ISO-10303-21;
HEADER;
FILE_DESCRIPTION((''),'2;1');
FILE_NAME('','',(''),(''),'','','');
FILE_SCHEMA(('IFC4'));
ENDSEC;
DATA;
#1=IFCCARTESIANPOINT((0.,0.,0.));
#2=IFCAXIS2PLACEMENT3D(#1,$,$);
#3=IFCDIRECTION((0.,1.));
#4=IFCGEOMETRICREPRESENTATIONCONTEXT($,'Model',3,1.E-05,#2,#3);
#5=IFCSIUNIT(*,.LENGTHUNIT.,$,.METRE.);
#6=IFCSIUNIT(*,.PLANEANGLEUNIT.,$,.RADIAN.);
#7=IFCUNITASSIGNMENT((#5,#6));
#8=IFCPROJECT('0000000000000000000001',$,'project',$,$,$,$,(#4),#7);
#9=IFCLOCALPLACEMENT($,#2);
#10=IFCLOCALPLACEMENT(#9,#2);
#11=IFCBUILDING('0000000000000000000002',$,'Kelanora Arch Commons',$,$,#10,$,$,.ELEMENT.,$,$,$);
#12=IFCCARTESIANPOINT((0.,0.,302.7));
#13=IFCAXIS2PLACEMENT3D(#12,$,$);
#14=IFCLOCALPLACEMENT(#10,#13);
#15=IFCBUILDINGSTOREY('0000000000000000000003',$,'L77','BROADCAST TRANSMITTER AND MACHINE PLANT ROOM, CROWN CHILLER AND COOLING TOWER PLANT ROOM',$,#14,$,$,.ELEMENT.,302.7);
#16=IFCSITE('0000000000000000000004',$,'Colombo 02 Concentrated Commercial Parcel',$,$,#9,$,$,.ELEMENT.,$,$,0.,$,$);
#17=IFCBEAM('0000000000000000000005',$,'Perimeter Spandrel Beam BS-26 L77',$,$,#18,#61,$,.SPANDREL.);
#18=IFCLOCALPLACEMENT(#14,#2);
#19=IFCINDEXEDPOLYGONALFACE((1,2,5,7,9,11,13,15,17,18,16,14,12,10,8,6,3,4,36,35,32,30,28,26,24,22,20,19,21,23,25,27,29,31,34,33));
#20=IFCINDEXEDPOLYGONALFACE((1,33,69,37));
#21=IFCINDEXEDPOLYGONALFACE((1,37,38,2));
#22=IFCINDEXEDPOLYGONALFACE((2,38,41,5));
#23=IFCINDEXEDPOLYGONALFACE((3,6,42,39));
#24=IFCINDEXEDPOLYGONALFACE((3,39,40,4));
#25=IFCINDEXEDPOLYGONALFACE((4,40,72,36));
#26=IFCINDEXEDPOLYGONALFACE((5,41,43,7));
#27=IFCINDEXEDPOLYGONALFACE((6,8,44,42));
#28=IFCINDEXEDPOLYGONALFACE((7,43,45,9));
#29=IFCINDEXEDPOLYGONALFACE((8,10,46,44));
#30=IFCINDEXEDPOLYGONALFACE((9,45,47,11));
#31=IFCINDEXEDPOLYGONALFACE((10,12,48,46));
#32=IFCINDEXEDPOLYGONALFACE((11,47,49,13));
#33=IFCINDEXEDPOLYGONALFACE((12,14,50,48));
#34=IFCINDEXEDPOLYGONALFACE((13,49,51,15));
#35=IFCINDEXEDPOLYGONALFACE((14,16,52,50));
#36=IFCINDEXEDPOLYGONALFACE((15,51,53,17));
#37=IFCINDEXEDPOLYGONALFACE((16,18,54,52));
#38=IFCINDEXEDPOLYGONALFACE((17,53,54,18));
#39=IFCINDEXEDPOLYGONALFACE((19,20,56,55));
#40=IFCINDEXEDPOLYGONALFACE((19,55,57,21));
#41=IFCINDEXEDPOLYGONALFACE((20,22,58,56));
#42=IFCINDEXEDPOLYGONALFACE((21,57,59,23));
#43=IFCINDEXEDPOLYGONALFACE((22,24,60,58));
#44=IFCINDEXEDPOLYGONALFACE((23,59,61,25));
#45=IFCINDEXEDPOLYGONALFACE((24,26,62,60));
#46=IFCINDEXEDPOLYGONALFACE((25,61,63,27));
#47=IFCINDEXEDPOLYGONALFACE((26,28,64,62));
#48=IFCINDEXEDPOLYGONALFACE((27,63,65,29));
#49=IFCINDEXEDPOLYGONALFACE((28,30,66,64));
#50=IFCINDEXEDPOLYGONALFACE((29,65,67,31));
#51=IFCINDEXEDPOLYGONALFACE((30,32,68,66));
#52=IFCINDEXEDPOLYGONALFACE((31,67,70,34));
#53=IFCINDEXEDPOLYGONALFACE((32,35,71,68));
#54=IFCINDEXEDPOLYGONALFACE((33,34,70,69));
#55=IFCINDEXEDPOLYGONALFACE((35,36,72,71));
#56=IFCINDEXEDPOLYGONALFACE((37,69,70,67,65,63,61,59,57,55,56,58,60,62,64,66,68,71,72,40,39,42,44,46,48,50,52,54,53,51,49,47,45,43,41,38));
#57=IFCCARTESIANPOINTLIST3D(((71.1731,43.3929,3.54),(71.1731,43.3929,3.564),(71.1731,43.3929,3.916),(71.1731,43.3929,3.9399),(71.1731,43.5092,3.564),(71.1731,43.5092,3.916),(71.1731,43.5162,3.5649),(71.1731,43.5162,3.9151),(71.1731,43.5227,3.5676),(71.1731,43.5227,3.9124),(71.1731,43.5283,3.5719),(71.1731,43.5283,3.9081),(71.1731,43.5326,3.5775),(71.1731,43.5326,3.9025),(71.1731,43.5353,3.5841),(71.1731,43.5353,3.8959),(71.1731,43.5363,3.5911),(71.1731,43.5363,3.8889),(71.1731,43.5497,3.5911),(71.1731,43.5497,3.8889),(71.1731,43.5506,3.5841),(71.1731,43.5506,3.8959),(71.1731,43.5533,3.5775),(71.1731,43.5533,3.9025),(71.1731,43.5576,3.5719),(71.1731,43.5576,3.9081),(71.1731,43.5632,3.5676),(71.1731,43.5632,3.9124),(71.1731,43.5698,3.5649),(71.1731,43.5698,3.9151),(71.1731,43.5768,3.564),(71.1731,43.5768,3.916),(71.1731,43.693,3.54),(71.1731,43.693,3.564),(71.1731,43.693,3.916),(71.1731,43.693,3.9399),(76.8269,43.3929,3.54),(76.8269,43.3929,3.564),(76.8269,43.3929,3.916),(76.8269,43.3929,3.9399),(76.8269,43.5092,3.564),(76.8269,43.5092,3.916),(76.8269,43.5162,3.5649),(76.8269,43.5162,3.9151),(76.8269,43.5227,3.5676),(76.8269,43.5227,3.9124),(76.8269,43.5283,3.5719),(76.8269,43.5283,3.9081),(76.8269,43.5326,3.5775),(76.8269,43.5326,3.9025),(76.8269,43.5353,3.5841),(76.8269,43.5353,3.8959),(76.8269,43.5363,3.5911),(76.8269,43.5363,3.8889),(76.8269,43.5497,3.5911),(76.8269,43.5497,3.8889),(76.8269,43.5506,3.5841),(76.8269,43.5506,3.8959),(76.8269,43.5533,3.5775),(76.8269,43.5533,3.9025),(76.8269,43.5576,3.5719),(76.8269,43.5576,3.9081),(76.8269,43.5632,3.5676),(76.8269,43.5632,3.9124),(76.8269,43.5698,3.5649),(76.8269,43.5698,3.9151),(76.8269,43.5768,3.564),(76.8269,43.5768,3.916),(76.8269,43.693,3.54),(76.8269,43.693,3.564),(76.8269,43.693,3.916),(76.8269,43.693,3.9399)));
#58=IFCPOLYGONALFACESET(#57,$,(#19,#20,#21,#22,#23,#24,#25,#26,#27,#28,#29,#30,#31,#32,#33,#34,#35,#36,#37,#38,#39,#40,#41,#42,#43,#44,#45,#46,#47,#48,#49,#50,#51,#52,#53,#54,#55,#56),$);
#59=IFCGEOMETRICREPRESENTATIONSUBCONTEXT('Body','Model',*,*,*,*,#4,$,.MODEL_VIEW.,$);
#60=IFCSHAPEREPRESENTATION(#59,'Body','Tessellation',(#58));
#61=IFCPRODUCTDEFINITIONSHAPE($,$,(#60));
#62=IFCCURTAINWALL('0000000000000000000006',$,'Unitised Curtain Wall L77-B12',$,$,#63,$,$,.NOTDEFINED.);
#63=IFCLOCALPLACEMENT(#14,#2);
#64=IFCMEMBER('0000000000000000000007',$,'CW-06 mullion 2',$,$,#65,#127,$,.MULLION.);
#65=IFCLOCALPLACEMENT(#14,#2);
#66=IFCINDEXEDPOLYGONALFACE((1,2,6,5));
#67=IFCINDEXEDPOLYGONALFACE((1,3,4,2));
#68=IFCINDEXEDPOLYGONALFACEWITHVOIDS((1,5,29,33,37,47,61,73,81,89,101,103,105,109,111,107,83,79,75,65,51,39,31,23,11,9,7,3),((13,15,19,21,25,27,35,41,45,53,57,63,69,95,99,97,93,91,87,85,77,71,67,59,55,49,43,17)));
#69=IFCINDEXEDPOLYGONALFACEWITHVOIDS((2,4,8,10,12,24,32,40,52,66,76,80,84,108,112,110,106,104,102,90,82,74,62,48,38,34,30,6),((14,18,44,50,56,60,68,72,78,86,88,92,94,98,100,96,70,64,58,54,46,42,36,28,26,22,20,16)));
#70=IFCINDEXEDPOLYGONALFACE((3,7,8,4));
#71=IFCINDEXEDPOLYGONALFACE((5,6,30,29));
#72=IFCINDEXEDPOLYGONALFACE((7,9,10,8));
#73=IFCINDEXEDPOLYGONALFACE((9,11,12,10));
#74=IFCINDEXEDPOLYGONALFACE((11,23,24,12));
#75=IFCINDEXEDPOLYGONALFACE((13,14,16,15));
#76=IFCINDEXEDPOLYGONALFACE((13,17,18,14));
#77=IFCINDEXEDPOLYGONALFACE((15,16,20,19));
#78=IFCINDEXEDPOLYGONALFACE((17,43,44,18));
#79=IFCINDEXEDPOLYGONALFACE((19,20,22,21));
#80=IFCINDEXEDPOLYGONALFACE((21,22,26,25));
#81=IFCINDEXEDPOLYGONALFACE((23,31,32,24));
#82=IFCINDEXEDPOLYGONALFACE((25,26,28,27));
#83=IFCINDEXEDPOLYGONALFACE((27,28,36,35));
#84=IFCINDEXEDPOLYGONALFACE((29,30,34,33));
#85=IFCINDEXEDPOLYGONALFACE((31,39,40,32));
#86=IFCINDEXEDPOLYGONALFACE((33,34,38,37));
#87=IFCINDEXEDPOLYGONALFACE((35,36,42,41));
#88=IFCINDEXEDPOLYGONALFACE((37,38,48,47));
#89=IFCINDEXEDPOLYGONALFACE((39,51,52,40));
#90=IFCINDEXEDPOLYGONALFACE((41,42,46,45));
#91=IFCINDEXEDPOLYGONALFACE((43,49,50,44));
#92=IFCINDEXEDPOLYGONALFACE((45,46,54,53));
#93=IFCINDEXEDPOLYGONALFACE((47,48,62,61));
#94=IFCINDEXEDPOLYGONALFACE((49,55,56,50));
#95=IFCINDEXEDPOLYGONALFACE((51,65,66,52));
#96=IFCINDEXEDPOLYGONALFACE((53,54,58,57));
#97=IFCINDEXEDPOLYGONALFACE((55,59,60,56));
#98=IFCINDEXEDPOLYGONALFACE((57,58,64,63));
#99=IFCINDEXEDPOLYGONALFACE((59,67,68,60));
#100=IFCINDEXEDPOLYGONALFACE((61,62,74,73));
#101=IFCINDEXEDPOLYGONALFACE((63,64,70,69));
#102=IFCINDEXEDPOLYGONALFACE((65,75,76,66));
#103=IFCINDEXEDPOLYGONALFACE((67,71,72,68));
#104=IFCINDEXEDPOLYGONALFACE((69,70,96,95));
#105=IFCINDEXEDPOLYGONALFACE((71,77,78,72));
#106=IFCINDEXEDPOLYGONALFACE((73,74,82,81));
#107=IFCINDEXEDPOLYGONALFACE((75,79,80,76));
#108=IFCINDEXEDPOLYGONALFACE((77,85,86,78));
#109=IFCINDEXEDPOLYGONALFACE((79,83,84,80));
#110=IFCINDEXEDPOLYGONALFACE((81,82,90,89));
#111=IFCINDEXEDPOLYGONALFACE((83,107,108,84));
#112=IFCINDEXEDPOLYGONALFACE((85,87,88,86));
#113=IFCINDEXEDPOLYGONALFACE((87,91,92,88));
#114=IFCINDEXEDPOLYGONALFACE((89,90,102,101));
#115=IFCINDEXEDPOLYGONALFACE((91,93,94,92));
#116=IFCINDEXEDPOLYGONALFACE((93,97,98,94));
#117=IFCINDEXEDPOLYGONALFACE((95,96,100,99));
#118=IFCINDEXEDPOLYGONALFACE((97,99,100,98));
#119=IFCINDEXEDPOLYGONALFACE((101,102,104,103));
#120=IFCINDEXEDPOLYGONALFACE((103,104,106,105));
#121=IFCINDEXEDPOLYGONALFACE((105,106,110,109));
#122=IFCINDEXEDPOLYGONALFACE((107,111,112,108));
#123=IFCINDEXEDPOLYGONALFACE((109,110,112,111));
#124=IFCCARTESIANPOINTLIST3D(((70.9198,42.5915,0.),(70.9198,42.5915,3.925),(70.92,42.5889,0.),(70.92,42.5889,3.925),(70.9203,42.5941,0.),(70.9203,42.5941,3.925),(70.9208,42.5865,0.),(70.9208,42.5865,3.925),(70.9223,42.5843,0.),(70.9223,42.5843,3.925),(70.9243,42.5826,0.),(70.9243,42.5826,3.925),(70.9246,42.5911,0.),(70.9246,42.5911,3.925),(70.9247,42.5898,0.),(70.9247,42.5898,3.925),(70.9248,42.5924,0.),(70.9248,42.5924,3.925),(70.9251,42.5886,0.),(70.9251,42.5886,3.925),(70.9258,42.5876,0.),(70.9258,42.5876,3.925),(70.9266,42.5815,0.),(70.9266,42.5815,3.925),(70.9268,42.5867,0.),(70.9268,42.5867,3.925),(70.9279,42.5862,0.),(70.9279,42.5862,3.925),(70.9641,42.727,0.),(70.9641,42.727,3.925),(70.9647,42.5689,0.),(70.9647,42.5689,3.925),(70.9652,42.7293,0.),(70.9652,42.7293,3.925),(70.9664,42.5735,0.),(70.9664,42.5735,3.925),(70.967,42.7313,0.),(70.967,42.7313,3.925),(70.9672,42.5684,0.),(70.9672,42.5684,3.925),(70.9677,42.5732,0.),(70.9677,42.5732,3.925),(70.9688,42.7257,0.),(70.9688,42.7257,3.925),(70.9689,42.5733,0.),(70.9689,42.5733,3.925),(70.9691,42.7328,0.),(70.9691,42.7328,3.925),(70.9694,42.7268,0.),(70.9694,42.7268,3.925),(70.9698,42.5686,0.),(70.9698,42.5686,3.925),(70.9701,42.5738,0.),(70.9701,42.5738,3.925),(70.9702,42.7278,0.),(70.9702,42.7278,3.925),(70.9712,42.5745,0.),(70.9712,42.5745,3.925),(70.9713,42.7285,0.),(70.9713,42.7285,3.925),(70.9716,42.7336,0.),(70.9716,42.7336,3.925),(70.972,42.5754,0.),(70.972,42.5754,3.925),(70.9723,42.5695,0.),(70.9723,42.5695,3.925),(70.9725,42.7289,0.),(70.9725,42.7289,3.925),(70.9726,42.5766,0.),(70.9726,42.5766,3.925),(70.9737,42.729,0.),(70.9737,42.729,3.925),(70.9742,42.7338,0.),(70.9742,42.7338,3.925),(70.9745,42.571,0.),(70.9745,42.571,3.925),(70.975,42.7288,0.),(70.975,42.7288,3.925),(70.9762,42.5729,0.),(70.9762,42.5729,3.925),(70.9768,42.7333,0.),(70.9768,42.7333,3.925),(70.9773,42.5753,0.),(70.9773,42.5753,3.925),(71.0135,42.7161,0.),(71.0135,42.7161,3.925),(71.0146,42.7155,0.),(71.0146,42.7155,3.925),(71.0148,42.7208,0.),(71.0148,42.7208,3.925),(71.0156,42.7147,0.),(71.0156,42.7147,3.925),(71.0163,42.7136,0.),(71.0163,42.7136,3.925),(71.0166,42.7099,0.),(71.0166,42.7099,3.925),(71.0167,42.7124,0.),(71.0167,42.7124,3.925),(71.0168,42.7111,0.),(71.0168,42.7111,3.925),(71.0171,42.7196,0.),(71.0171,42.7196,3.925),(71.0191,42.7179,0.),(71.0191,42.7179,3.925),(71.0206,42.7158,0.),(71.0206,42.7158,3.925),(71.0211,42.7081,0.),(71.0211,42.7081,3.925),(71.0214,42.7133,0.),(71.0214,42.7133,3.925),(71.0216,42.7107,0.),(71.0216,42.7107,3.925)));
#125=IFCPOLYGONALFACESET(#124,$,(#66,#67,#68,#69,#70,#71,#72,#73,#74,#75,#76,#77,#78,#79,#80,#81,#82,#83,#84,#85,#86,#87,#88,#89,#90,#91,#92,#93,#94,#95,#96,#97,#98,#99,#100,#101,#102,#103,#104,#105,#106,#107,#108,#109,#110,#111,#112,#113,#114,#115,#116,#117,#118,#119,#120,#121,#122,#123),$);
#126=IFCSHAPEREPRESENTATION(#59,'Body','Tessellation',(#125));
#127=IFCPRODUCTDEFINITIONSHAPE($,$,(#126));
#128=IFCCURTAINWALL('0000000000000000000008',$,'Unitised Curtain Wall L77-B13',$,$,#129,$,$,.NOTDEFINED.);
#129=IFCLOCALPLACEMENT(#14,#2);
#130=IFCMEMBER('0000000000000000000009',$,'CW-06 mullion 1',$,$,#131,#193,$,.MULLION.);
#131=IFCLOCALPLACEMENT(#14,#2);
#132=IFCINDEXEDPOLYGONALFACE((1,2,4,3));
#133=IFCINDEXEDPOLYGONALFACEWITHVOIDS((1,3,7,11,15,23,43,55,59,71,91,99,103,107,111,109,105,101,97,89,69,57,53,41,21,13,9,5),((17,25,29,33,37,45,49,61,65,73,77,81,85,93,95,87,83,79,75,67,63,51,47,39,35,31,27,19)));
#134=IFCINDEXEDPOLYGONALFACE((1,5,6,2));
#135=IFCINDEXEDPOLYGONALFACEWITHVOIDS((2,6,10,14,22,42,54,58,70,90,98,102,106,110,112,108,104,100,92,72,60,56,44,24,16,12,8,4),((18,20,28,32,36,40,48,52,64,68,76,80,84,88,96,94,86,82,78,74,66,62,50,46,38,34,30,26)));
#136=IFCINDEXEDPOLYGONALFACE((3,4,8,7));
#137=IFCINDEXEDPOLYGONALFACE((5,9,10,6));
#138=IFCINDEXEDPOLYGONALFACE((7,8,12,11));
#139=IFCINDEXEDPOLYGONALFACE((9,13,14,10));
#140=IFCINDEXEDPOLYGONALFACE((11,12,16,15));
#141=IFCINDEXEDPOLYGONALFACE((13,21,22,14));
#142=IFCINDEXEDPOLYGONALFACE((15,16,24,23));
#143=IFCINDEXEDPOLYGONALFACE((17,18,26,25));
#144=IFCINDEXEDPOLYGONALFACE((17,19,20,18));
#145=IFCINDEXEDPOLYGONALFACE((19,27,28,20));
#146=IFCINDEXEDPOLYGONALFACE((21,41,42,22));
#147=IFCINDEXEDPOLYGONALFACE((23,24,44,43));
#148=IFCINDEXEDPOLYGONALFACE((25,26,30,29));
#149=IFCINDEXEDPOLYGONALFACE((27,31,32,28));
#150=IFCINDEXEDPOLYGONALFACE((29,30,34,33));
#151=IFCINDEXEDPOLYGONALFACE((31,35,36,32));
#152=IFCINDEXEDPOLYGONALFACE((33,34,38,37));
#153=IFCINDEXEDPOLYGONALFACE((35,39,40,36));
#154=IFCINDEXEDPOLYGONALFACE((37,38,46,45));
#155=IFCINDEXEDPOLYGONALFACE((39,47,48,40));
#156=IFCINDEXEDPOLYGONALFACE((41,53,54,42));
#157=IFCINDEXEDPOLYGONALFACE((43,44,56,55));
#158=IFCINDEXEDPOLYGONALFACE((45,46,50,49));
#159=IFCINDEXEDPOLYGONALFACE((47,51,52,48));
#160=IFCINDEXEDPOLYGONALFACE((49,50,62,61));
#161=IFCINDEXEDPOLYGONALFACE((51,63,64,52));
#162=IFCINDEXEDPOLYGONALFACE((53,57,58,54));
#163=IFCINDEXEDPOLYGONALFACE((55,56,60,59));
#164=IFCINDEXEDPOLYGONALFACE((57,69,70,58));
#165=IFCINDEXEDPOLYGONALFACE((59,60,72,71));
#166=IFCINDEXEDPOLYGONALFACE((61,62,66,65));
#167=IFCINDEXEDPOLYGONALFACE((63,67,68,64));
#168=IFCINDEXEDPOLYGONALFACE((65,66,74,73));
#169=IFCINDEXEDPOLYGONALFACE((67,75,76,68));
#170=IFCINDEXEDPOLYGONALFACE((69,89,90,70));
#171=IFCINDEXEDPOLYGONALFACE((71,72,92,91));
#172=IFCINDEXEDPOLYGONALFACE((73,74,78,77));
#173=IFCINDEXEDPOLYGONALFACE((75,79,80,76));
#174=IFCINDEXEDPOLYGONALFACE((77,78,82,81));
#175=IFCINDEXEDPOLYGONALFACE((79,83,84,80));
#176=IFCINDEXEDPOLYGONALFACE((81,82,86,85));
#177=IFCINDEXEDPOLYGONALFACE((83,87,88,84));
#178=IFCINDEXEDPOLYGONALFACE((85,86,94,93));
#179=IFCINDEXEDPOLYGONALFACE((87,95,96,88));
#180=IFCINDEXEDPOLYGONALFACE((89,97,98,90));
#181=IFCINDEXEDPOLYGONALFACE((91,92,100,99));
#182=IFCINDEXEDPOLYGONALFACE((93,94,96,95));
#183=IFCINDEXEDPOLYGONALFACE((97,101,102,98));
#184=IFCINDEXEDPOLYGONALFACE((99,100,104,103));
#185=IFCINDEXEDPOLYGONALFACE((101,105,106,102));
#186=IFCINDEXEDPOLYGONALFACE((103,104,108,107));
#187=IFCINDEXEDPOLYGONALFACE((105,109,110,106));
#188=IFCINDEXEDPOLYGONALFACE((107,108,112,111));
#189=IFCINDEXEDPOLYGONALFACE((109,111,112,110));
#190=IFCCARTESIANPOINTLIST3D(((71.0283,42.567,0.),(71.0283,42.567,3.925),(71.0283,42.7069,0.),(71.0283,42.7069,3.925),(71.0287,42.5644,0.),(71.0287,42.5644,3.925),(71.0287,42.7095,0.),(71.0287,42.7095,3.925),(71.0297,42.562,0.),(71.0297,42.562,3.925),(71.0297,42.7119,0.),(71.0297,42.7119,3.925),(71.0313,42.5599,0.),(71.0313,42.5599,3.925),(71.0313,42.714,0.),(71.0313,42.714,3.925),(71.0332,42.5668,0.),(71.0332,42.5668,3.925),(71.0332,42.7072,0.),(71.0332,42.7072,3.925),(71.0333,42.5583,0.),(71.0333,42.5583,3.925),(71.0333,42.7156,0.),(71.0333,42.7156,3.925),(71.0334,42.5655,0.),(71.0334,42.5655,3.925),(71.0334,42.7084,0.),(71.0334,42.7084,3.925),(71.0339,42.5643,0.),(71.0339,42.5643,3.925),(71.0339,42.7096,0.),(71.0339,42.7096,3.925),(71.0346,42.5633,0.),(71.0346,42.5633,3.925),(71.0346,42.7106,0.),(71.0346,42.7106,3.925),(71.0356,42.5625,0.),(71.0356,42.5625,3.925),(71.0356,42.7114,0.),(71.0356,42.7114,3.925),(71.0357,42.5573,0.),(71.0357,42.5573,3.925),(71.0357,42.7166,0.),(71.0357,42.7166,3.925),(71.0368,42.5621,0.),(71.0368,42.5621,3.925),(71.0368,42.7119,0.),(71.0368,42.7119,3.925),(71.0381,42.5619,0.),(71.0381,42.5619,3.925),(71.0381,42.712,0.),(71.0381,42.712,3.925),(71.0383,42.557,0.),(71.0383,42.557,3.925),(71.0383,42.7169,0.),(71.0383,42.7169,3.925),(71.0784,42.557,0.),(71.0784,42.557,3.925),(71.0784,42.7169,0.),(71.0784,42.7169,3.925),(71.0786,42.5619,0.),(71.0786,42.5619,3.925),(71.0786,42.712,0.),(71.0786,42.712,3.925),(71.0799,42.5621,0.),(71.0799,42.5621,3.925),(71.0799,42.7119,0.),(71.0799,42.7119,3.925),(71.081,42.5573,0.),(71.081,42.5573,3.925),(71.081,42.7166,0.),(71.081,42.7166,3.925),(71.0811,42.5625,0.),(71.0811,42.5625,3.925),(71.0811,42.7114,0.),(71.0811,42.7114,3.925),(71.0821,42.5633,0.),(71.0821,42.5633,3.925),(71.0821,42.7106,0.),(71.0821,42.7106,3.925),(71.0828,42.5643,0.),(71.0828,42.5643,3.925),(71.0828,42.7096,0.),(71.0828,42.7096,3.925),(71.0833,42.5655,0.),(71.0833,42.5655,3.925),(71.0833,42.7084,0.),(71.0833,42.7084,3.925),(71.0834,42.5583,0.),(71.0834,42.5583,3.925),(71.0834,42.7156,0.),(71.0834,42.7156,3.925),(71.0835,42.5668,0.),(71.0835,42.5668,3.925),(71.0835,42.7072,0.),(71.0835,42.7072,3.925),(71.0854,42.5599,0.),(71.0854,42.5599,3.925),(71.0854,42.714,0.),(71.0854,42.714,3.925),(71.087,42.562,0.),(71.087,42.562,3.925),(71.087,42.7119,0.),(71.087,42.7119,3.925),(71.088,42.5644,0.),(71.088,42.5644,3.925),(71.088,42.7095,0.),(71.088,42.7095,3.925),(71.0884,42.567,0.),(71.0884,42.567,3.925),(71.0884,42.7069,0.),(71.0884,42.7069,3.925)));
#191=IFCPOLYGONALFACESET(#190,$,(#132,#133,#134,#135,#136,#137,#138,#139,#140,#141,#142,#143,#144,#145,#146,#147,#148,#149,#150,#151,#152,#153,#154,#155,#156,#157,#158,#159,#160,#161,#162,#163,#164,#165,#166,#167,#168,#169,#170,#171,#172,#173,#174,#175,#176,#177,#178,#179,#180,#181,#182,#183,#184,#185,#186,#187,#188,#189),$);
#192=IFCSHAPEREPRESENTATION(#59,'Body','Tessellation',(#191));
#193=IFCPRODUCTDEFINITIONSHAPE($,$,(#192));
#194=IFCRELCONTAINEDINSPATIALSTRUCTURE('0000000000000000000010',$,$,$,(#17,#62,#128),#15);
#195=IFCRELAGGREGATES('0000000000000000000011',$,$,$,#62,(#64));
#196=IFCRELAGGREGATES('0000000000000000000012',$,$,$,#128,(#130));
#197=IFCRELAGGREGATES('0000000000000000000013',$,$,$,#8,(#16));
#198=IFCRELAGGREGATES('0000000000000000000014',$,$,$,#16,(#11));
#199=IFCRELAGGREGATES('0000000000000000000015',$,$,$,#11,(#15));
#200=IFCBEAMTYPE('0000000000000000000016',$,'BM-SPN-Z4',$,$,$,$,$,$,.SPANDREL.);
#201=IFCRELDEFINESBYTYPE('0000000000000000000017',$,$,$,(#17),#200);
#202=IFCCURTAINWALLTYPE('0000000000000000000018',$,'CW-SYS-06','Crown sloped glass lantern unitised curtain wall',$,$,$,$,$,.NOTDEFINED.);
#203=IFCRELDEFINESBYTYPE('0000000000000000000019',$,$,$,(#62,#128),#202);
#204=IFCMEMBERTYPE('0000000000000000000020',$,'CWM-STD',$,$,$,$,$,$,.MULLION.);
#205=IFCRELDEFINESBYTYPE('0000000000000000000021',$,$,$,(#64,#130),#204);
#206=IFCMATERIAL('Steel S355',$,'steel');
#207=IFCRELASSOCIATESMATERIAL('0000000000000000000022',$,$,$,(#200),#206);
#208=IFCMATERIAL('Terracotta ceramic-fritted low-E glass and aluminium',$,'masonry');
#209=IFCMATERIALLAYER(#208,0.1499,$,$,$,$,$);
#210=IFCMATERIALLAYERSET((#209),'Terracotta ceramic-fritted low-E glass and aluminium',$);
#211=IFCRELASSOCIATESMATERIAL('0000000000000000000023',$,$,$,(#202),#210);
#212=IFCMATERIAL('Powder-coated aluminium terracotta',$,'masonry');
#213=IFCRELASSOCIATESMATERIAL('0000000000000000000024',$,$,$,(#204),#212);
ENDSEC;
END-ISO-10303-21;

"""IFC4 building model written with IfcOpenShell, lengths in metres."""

from ifc_helpers import new_model, si_unit, direction, frame, origin, origin_2d, place, context, subcontext, project, spatial, hollow_rectangle, i_section, extrude, material, layer, layer_set, material_profile, profile_set, type_object, element, aggregate, save


model = new_model("IFC4")

# Units and contexts
model_context = context("Model", 3, precision=1e-05, world=origin(), true_north=direction((0.0, 1.0)))
body_context = subcontext(model_context, "Body", "Model", "MODEL_VIEW")
ifc_project = project(units=[si_unit("LENGTHUNIT", "METRE"), si_unit("PLANEANGLEUNIT", "RADIAN")], contexts=[model_context])

# Site, building, storey
site_placement = place(None, origin())
site = spatial("IfcSite", under=ifc_project, at=site_placement, Name="Colombo 02 Concentrated Commercial Parcel", CompositionType="ELEMENT", RefElevation=0.0)
building_placement = place(site_placement, origin())
building = spatial("IfcBuilding", under=site, at=building_placement, Name="Kelanora Arch Commons", CompositionType="ELEMENT")
storey_placement = place(building_placement, frame((0.0, 0.0, 302.7)))
storey = spatial("IfcBuildingStorey", under=building, at=storey_placement, Name="L77", Description="BROADCAST TRANSMITTER AND MACHINE PLANT ROOM, CROWN CHILLER AND COOLING TOWER PLANT ROOM", CompositionType="ELEMENT", Elevation=302.7)

# Beam
ifc_material_1 = material(Name="Steel S355", Category="steel")
ifc_material_profile_1 = material_profile(ifc_material_1, i_section(OverallWidth=0.3, OverallDepth=0.3999, WebThickness=0.0134, FlangeThickness=0.0239, FilletRadius=0.0271, at=origin_2d()), Name="HEB400")
ifc_profile_set_1 = profile_set([ifc_material_profile_1], Name="Steel S355")
beam_type_1 = type_object("IfcBeamType", Name="BM-SPN-Z4", PredefinedType="SPANDREL", material=ifc_profile_set_1)
beam_1_placement = place(storey_placement, frame((71.1731, 43.543, 3.74), z_axis=(1.0, 0.0, 0.0), x_axis=(0.0, 1.0, 0.0)))
element("IfcBeam", 1, at=beam_1_placement, inside=storey, type_object=beam_type_1, Name="Perimeter Spandrel Beam BS-26 L77", PredefinedType="SPANDREL", context=body_context, shape_type="SweptSolid", body=[
    extrude(i_section(OverallWidth=0.3, OverallDepth=0.3999, WebThickness=0.0134, FlangeThickness=0.0239, FilletRadius=0.0271, at=origin_2d()), origin(), (0.0, 0.0, 1.0), 5.6538),
])

# Curtain walls, members
ifc_material_2 = material(Name="Terracotta ceramic-fritted low-E glass and aluminium", Category="masonry")
ifc_layer_1 = layer(ifc_material_2, 0.1499)
ifc_layer_set_1 = layer_set([ifc_layer_1], Name="Terracotta ceramic-fritted low-E glass and aluminium")
curtain_wall_type = type_object("IfcCurtainWallType", Name="CW-SYS-06", Description="Crown sloped glass lantern unitised curtain wall", PredefinedType="NOTDEFINED", material=ifc_layer_set_1)
curtain_wall_1_placement = place(storey_placement, origin())
curtain_wall_1 = element("IfcCurtainWall", 2, at=curtain_wall_1_placement, inside=storey, type_object=curtain_wall_type, Name="Unitised Curtain Wall L77-B12", PredefinedType="NOTDEFINED")
ifc_material_3 = material(Name="Powder-coated aluminium terracotta", Category="masonry")
ifc_material_profile_2 = material_profile(ifc_material_3, hollow_rectangle(XDim=0.1599, YDim=0.0601, WallThickness=0.0049, InnerFilletRadius=0.0049, OuterFilletRadius=0.01, at=origin_2d()), Name="CWM160x60")
ifc_profile_set_2 = profile_set([ifc_material_profile_2], Name="Powder-coated aluminium terracotta")
member_type_1 = type_object("IfcMemberType", Name="CWM-STD", PredefinedType="MULLION", material=ifc_profile_set_2)
member_1_placement = place(storey_placement, frame((70.9707, 42.6511, 0.0), z_axis=(0.0, 0.0, 1.0), x_axis=(0.313467, 0.949599, 0.0)))
member_1 = element("IfcMember", 3, at=member_1_placement, type_object=member_type_1, Name="CW-06 mullion 2", PredefinedType="MULLION", context=body_context, shape_type="SweptSolid", body=[
    extrude(hollow_rectangle(XDim=0.1599, YDim=0.0601, WallThickness=0.0049, InnerFilletRadius=0.0049, OuterFilletRadius=0.01, at=origin_2d()), origin(), (0.0, 0.0, 1.0), 3.925),
])
curtain_wall_2_placement = place(storey_placement, origin())
curtain_wall_2 = element("IfcCurtainWall", 4, at=curtain_wall_2_placement, inside=storey, type_object=curtain_wall_type, Name="Unitised Curtain Wall L77-B13", PredefinedType="NOTDEFINED")
member_2_placement = place(storey_placement, frame((71.0583, 42.637, 0.0), z_axis=(0.0, 0.0, 1.0), x_axis=(0.0, 1.0, 0.0)))
member_2 = element("IfcMember", 5, at=member_2_placement, type_object=member_type_1, Name="CW-06 mullion 1", PredefinedType="MULLION", context=body_context, shape_type="SweptSolid", body=[
    extrude(hollow_rectangle(XDim=0.1599, YDim=0.0601, WallThickness=0.0049, InnerFilletRadius=0.0049, OuterFilletRadius=0.01, at=origin_2d()), origin(), (0.0, 0.0, 1.0), 3.925),
])

aggregate(curtain_wall_1, [member_1])
aggregate(curtain_wall_2, [member_2])

save(model, "model.ifc")
